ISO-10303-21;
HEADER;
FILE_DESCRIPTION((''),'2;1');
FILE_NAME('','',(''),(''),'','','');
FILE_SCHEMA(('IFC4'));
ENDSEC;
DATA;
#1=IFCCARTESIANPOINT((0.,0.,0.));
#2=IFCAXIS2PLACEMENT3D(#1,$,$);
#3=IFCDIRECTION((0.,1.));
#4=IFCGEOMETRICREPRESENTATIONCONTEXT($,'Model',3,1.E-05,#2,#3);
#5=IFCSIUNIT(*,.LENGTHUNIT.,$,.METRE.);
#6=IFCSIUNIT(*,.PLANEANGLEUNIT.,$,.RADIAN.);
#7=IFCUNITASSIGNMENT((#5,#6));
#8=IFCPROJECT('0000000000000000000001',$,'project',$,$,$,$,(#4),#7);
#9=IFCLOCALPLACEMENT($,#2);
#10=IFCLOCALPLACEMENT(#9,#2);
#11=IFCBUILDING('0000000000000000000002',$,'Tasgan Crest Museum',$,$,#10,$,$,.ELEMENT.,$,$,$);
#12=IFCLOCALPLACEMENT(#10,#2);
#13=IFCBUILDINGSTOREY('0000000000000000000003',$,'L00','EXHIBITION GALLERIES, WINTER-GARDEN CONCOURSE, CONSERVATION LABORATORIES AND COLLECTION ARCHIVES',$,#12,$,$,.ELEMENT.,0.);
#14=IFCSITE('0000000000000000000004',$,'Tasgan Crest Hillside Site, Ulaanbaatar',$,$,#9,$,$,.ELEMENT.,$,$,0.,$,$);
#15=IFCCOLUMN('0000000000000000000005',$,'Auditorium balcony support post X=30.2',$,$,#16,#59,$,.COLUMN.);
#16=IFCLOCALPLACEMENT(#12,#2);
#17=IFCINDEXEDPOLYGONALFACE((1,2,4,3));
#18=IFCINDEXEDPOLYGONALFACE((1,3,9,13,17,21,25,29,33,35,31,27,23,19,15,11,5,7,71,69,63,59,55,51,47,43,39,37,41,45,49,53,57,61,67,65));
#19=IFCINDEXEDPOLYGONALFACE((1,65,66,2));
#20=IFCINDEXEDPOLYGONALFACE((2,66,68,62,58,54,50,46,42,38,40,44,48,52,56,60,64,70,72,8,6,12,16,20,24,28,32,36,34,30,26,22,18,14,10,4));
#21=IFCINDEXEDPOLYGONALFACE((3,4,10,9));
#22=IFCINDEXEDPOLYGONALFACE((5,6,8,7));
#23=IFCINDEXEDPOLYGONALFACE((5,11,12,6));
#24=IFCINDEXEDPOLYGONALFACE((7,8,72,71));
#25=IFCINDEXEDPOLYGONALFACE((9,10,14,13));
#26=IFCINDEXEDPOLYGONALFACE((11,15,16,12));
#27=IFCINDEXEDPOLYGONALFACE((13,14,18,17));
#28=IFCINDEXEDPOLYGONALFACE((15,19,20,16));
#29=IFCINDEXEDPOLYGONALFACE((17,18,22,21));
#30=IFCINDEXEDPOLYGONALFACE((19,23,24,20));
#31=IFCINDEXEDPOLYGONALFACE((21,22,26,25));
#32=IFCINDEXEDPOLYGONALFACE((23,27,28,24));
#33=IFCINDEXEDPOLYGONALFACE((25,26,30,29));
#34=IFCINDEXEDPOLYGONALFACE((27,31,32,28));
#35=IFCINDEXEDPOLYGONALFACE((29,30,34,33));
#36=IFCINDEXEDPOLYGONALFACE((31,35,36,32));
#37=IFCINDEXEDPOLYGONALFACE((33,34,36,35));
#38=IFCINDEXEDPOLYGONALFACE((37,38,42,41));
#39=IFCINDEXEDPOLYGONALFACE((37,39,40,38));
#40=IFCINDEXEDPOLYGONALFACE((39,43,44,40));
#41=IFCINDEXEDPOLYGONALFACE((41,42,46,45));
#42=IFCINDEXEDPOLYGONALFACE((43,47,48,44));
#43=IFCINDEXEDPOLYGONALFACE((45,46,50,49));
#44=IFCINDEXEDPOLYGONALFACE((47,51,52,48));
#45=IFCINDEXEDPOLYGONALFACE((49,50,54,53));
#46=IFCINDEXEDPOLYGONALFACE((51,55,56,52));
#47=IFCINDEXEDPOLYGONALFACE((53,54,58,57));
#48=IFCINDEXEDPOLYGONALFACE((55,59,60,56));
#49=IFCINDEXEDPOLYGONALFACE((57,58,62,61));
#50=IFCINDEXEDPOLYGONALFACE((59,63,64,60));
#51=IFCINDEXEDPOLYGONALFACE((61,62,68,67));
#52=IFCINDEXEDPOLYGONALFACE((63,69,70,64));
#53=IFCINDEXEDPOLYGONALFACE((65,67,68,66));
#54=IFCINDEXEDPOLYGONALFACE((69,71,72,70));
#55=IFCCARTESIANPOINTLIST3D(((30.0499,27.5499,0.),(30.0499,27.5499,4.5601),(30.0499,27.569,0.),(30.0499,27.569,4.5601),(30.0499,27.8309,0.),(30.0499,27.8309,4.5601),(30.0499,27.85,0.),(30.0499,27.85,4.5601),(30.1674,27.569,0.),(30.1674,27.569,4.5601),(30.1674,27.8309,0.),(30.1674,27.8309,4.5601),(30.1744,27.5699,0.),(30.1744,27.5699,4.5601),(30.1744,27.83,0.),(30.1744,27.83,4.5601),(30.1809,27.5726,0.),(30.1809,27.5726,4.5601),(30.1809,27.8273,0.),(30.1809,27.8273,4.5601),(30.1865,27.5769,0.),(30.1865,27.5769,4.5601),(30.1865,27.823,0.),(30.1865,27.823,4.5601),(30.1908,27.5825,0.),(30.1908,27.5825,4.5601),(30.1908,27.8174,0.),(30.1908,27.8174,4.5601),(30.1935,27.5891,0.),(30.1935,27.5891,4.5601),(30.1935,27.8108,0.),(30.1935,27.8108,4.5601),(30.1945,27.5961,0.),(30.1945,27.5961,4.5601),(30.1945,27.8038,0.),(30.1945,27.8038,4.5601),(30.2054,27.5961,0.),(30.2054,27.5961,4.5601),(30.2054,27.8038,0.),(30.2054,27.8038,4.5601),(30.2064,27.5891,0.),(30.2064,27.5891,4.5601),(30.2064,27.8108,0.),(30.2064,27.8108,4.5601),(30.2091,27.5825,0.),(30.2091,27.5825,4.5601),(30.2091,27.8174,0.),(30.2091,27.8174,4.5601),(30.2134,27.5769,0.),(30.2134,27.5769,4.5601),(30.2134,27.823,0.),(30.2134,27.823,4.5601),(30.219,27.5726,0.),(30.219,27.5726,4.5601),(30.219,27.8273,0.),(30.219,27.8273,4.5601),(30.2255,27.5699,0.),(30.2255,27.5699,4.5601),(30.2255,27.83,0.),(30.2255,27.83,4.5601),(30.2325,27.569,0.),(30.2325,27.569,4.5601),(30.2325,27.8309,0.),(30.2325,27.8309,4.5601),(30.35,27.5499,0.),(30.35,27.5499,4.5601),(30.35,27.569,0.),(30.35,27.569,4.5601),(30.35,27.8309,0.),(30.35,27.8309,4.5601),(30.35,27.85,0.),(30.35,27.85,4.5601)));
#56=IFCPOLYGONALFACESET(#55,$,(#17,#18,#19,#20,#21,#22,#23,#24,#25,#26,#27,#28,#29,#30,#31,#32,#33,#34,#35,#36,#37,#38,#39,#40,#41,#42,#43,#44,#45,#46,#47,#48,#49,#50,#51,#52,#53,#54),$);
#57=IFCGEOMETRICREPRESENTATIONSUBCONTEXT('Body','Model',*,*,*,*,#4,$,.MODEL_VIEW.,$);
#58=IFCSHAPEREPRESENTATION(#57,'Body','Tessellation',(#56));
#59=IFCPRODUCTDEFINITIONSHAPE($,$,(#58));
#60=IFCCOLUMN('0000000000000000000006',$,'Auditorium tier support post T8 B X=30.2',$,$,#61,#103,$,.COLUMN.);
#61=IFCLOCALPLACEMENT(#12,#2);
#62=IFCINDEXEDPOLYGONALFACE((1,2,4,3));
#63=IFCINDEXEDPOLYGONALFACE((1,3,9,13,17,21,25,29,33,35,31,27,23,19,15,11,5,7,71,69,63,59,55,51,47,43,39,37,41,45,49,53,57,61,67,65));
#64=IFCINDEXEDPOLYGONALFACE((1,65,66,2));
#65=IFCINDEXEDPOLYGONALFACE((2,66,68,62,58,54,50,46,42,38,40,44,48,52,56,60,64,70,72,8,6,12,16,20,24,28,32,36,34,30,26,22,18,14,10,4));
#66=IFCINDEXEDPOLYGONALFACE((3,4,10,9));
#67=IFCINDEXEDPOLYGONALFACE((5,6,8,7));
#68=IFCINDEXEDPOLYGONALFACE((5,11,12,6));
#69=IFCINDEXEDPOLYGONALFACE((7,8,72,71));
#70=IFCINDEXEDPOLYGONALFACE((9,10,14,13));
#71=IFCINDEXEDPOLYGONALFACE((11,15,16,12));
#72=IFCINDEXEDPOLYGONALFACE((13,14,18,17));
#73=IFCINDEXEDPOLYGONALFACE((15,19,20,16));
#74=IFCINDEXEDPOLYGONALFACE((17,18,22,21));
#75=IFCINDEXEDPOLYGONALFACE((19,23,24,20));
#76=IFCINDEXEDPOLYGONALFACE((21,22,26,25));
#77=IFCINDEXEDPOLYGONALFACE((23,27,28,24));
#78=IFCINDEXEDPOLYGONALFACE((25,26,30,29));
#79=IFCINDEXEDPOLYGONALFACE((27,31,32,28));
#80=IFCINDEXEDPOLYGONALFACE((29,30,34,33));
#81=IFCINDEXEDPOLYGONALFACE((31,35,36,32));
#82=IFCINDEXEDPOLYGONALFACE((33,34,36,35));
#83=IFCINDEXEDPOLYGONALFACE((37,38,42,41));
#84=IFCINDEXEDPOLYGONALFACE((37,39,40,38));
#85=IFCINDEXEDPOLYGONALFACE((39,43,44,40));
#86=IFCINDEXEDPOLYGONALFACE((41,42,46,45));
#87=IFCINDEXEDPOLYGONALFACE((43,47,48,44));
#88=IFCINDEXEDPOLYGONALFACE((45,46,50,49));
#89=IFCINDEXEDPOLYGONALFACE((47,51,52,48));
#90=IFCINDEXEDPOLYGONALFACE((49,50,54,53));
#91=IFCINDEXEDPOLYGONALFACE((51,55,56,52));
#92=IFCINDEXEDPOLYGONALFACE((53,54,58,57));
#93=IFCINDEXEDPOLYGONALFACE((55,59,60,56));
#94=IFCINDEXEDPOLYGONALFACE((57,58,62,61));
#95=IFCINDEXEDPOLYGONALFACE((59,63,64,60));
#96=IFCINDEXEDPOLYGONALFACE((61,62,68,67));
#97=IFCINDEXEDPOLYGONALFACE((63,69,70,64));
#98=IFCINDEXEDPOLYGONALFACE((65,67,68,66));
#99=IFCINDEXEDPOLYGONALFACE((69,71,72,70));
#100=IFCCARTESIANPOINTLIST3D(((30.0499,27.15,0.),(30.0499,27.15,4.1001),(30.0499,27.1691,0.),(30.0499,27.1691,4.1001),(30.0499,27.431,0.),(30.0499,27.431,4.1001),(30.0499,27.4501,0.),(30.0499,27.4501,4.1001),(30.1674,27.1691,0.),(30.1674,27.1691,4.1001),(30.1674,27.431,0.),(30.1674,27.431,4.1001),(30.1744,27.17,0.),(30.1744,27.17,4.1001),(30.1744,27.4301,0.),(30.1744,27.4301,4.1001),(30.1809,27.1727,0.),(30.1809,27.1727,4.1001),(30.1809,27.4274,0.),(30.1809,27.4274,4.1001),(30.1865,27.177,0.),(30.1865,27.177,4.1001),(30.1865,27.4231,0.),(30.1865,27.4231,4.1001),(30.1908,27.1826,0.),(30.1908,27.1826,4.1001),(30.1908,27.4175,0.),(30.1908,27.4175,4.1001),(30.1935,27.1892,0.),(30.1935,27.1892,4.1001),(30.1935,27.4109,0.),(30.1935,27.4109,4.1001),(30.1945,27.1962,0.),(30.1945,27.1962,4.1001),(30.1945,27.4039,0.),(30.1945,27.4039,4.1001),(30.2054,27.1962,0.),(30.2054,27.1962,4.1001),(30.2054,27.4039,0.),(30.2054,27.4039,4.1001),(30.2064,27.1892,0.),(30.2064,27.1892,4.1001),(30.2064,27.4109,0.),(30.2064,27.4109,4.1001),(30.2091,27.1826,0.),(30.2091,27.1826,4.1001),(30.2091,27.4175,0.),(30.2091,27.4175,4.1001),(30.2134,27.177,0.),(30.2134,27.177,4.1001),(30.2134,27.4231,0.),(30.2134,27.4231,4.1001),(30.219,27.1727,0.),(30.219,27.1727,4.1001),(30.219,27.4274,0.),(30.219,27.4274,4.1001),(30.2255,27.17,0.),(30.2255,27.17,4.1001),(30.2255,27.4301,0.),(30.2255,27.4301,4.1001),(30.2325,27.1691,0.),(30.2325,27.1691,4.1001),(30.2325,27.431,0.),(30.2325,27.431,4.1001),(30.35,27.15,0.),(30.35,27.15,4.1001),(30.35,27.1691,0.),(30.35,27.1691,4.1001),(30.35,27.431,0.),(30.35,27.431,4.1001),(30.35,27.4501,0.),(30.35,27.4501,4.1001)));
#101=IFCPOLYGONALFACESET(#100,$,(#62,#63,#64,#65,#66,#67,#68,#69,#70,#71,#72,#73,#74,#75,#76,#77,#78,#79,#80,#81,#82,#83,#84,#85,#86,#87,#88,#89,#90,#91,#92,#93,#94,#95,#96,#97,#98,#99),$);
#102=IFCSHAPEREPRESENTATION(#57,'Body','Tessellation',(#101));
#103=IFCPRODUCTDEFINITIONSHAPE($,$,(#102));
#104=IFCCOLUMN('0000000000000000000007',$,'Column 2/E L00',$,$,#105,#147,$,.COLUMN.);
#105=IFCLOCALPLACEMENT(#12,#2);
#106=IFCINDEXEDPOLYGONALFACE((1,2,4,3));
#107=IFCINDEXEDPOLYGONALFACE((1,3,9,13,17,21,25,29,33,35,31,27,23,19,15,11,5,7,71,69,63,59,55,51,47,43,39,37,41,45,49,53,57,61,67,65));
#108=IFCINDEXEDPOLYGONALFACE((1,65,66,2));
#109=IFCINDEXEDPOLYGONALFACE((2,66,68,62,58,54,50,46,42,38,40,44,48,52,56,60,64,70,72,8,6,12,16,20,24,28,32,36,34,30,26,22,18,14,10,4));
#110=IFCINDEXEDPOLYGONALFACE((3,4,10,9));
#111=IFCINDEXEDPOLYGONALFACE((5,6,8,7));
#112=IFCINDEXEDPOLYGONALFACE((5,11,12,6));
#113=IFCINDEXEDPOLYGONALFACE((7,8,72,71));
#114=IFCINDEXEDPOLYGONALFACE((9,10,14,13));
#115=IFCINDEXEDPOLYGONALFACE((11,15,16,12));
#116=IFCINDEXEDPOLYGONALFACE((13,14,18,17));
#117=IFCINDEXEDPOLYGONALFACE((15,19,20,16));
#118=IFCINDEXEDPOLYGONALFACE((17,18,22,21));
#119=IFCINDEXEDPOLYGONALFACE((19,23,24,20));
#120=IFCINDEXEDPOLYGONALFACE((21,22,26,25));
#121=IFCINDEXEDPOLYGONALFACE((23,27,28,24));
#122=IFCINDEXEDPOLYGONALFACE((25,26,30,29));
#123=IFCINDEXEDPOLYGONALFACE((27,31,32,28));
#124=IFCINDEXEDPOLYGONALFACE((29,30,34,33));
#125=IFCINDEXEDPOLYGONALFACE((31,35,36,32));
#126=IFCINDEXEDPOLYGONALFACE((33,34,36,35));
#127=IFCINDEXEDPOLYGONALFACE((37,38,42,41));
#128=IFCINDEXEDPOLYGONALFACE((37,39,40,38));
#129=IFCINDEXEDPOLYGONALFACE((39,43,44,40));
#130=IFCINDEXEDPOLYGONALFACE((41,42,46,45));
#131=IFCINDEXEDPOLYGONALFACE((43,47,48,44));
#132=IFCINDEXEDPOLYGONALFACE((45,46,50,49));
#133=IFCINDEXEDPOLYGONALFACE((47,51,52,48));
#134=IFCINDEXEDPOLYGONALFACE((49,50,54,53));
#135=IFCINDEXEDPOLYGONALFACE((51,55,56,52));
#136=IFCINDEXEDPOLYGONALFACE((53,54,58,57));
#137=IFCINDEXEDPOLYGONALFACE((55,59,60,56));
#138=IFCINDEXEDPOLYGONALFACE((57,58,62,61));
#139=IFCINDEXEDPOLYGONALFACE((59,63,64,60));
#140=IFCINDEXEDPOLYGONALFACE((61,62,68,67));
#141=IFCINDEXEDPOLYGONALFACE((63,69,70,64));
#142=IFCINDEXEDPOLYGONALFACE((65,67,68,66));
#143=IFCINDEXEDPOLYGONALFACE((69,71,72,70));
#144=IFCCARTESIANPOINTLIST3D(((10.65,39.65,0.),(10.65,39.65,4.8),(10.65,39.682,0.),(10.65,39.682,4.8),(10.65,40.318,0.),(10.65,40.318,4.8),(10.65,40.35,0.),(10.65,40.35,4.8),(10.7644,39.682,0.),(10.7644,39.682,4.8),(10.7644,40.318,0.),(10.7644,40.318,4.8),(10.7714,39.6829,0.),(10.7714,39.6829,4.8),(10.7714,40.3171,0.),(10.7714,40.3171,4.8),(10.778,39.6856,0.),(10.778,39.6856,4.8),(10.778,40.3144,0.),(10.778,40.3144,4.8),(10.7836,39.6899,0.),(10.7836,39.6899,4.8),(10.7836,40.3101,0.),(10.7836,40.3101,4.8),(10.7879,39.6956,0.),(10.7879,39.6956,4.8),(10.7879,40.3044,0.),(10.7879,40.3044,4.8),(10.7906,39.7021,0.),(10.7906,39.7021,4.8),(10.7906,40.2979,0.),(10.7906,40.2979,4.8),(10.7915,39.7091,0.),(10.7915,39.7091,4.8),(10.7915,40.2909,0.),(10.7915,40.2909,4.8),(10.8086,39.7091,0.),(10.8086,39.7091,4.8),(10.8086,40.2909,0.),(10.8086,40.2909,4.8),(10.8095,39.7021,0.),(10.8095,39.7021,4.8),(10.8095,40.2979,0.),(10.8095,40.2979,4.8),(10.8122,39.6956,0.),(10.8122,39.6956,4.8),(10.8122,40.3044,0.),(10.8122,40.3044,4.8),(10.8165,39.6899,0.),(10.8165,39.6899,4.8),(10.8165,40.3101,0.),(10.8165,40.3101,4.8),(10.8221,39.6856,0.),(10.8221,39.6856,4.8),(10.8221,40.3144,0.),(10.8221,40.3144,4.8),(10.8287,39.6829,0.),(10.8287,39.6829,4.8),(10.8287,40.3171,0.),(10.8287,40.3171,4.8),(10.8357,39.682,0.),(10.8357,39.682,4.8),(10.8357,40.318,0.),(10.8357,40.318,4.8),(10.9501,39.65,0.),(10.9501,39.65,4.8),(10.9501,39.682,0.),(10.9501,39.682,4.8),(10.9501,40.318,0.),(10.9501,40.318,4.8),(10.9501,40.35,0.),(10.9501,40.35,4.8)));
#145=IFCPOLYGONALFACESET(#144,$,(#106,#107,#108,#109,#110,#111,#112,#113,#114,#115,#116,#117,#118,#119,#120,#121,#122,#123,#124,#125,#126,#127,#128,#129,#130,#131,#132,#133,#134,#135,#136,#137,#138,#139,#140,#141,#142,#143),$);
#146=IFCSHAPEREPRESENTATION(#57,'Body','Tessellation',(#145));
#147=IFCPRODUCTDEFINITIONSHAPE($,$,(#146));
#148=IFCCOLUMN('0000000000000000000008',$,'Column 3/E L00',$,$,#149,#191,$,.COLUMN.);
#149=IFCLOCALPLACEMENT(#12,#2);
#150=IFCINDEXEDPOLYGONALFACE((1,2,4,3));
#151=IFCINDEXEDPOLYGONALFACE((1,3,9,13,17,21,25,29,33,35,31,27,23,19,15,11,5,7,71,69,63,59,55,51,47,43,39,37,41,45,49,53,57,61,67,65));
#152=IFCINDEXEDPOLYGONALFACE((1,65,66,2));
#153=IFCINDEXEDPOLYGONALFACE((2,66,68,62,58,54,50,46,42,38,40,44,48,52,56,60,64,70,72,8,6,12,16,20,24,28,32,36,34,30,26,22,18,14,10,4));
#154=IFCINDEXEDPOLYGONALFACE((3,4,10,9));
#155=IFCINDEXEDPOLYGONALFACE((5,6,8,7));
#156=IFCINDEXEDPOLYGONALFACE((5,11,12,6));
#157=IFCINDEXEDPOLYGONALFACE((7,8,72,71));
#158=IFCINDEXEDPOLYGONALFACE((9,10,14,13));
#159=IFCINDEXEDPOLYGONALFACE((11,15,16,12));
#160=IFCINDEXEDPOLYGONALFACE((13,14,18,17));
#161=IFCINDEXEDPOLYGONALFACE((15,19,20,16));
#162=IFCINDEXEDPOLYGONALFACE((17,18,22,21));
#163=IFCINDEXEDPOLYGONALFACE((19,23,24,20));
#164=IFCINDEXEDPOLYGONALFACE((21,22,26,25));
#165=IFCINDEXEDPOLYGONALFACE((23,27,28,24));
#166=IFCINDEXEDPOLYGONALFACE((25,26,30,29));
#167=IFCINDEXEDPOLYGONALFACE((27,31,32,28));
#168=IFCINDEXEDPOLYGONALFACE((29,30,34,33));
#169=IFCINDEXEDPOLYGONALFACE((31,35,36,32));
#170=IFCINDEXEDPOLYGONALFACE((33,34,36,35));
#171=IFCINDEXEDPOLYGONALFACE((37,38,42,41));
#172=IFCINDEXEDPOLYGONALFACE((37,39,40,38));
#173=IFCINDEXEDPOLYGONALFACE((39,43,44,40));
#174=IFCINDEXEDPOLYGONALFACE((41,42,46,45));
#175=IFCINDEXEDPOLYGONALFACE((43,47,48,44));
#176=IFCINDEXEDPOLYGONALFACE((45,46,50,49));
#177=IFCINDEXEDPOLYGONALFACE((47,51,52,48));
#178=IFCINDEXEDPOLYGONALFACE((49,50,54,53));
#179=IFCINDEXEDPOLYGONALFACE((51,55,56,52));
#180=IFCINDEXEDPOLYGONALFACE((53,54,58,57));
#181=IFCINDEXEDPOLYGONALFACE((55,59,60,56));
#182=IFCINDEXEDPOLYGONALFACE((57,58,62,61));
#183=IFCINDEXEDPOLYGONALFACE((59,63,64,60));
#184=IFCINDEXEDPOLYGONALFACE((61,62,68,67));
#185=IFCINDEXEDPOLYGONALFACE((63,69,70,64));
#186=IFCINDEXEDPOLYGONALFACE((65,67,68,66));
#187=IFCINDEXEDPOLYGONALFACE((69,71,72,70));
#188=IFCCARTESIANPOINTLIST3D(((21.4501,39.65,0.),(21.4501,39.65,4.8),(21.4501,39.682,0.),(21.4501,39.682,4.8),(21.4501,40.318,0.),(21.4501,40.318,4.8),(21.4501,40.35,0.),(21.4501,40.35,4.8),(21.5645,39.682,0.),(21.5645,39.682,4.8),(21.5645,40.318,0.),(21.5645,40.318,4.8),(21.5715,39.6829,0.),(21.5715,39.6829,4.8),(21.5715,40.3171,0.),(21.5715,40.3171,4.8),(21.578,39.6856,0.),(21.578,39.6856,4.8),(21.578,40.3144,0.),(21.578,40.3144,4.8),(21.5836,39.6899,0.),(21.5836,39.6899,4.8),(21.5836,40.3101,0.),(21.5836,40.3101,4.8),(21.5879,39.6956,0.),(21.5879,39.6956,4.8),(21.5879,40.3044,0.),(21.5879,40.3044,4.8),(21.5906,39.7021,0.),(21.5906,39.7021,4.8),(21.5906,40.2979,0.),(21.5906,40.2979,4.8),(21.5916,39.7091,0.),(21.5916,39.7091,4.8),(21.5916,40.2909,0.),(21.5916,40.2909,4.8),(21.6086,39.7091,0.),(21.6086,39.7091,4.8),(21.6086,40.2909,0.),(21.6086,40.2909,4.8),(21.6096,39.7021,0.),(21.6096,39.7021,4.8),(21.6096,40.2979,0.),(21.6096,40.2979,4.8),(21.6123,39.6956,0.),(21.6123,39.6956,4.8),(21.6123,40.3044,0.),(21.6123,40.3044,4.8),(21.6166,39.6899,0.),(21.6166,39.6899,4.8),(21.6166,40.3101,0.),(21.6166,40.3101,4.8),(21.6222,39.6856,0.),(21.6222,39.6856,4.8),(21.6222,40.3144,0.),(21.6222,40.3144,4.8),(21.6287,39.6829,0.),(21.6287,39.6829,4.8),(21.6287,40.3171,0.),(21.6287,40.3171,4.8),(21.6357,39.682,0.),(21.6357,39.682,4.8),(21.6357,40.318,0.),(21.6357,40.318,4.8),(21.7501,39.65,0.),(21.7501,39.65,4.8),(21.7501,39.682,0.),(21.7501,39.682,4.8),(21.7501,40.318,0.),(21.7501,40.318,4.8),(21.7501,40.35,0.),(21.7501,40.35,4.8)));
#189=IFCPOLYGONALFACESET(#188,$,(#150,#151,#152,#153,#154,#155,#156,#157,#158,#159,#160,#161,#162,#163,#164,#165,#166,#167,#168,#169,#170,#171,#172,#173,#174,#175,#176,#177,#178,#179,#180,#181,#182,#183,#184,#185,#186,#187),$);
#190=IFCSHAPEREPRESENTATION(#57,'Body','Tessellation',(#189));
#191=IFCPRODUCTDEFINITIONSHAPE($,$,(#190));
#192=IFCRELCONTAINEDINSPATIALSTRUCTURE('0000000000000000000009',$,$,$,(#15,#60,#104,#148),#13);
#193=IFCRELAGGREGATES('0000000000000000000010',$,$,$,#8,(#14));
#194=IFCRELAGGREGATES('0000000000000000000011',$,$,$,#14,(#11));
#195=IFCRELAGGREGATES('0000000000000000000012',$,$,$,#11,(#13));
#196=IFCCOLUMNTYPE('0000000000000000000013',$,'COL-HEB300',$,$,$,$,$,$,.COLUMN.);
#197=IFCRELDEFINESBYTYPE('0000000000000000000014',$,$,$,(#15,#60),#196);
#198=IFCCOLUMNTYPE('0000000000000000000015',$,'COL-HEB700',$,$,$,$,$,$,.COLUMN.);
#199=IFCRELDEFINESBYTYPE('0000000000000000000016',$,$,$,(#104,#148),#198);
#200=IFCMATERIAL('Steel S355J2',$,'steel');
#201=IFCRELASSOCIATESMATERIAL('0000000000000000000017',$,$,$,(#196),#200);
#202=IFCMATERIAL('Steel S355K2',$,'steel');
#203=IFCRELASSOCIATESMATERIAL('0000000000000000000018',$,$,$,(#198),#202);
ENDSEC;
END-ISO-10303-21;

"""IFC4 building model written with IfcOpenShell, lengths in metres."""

from ifc_helpers import new_model, si_unit, direction, frame, origin, origin_2d, place, context, subcontext, project, spatial, i_section, extrude, material, material_profile, profile_set, type_object, element, save


model = new_model("IFC4")

# Units and contexts
model_context = context("Model", 3, precision=1e-05, world=origin(), true_north=direction((0.0, 1.0)))
body_context = subcontext(model_context, "Body", "Model", "MODEL_VIEW")
ifc_project = project(units=[si_unit("LENGTHUNIT", "METRE"), si_unit("PLANEANGLEUNIT", "RADIAN")], contexts=[model_context])

# Site, building, storey
site_placement = place(None, origin())
site = spatial("IfcSite", under=ifc_project, at=site_placement, Name="Tasgan Crest Hillside Site, Ulaanbaatar", CompositionType="ELEMENT", RefElevation=0.0)
building_placement = place(site_placement, origin())
building = spatial("IfcBuilding", under=site, at=building_placement, Name="Tasgan Crest Museum", CompositionType="ELEMENT")
storey_placement = place(building_placement, origin())
storey = spatial("IfcBuildingStorey", under=building, at=storey_placement, Name="L00", Description="EXHIBITION GALLERIES, WINTER-GARDEN CONCOURSE, CONSERVATION LABORATORIES AND COLLECTION ARCHIVES", CompositionType="ELEMENT", Elevation=0.0)

# Columns
ifc_material_1 = material(Name="Steel S355J2", Category="steel")
ifc_material_profile_1 = material_profile(ifc_material_1, i_section(OverallWidth=0.3, OverallDepth=0.3, WebThickness=0.011, FlangeThickness=0.019, FilletRadius=0.0271, at=origin_2d()), Name="HEB 300")
ifc_profile_set_1 = profile_set([ifc_material_profile_1], Name="Steel S355J2")
column_type_1 = type_object("IfcColumnType", Name="COL-HEB300", PredefinedType="COLUMN", material=ifc_profile_set_1)
for number, where, z_axis, x_axis, name in (
    (1, (30.2, 27.7, 0.0), (0.0, 0.0, 1.0), (1.0, 0.0, 0.0), "Auditorium balcony support post X=30.2"),
):
    element("IfcColumn", number, at=place(storey_placement, frame(where, z_axis=z_axis, x_axis=x_axis)), inside=storey, type_object=column_type_1, Name=name, PredefinedType="COLUMN", context=body_context, shape_type="SweptSolid", body=[
        extrude(i_section(OverallWidth=0.3, OverallDepth=0.3, WebThickness=0.011, FlangeThickness=0.019, FilletRadius=0.0271, at=origin_2d()), origin(), (0.0, 0.0, 1.0), 4.5601),
    ])
column_placement = place(storey_placement, frame((30.2, 27.3, 0.0), z_axis=(0.0, 0.0, 1.0), x_axis=(1.0, 0.0, 0.0)))
element("IfcColumn", 2, at=column_placement, inside=storey, type_object=column_type_1, Name="Auditorium tier support post T8 B X=30.2", PredefinedType="COLUMN", context=body_context, shape_type="SweptSolid", body=[
    extrude(i_section(OverallWidth=0.3, OverallDepth=0.3, WebThickness=0.011, FlangeThickness=0.019, FilletRadius=0.0271, at=origin_2d()), origin(), (0.0, 0.0, 1.0), 4.1001),
])
ifc_material_2 = material(Name="Steel S355K2", Category="steel")
ifc_material_profile_2 = material_profile(ifc_material_2, i_section(OverallWidth=0.3, OverallDepth=0.7, WebThickness=0.0171, FlangeThickness=0.032, FilletRadius=0.0271, at=origin_2d()), Name="HEB 700")
ifc_profile_set_2 = profile_set([ifc_material_profile_2], Name="Steel S355K2")
column_type_2 = type_object("IfcColumnType", Name="COL-HEB700", PredefinedType="COLUMN", material=ifc_profile_set_2)
for number, where, z_axis, x_axis, name in (
    (3, (10.8, 40.0, 0.0), (0.0, 0.0, 1.0), (1.0, 0.0, 0.0), "Column 2/E L00"),
    (4, (21.6001, 40.0, 0.0), (0.0, 0.0, 1.0), (1.0, 0.0, 0.0), "Column 3/E L00"),
):
    element("IfcColumn", number, at=place(storey_placement, frame(where, z_axis=z_axis, x_axis=x_axis)), inside=storey, type_object=column_type_2, Name=name, PredefinedType="COLUMN", context=body_context, shape_type="SweptSolid", body=[
        extrude(i_section(OverallWidth=0.3, OverallDepth=0.7, WebThickness=0.0171, FlangeThickness=0.032, FilletRadius=0.0271, at=origin_2d()), origin(), (0.0, 0.0, 1.0), 4.8),
    ])

save(model, "model.ifc")
